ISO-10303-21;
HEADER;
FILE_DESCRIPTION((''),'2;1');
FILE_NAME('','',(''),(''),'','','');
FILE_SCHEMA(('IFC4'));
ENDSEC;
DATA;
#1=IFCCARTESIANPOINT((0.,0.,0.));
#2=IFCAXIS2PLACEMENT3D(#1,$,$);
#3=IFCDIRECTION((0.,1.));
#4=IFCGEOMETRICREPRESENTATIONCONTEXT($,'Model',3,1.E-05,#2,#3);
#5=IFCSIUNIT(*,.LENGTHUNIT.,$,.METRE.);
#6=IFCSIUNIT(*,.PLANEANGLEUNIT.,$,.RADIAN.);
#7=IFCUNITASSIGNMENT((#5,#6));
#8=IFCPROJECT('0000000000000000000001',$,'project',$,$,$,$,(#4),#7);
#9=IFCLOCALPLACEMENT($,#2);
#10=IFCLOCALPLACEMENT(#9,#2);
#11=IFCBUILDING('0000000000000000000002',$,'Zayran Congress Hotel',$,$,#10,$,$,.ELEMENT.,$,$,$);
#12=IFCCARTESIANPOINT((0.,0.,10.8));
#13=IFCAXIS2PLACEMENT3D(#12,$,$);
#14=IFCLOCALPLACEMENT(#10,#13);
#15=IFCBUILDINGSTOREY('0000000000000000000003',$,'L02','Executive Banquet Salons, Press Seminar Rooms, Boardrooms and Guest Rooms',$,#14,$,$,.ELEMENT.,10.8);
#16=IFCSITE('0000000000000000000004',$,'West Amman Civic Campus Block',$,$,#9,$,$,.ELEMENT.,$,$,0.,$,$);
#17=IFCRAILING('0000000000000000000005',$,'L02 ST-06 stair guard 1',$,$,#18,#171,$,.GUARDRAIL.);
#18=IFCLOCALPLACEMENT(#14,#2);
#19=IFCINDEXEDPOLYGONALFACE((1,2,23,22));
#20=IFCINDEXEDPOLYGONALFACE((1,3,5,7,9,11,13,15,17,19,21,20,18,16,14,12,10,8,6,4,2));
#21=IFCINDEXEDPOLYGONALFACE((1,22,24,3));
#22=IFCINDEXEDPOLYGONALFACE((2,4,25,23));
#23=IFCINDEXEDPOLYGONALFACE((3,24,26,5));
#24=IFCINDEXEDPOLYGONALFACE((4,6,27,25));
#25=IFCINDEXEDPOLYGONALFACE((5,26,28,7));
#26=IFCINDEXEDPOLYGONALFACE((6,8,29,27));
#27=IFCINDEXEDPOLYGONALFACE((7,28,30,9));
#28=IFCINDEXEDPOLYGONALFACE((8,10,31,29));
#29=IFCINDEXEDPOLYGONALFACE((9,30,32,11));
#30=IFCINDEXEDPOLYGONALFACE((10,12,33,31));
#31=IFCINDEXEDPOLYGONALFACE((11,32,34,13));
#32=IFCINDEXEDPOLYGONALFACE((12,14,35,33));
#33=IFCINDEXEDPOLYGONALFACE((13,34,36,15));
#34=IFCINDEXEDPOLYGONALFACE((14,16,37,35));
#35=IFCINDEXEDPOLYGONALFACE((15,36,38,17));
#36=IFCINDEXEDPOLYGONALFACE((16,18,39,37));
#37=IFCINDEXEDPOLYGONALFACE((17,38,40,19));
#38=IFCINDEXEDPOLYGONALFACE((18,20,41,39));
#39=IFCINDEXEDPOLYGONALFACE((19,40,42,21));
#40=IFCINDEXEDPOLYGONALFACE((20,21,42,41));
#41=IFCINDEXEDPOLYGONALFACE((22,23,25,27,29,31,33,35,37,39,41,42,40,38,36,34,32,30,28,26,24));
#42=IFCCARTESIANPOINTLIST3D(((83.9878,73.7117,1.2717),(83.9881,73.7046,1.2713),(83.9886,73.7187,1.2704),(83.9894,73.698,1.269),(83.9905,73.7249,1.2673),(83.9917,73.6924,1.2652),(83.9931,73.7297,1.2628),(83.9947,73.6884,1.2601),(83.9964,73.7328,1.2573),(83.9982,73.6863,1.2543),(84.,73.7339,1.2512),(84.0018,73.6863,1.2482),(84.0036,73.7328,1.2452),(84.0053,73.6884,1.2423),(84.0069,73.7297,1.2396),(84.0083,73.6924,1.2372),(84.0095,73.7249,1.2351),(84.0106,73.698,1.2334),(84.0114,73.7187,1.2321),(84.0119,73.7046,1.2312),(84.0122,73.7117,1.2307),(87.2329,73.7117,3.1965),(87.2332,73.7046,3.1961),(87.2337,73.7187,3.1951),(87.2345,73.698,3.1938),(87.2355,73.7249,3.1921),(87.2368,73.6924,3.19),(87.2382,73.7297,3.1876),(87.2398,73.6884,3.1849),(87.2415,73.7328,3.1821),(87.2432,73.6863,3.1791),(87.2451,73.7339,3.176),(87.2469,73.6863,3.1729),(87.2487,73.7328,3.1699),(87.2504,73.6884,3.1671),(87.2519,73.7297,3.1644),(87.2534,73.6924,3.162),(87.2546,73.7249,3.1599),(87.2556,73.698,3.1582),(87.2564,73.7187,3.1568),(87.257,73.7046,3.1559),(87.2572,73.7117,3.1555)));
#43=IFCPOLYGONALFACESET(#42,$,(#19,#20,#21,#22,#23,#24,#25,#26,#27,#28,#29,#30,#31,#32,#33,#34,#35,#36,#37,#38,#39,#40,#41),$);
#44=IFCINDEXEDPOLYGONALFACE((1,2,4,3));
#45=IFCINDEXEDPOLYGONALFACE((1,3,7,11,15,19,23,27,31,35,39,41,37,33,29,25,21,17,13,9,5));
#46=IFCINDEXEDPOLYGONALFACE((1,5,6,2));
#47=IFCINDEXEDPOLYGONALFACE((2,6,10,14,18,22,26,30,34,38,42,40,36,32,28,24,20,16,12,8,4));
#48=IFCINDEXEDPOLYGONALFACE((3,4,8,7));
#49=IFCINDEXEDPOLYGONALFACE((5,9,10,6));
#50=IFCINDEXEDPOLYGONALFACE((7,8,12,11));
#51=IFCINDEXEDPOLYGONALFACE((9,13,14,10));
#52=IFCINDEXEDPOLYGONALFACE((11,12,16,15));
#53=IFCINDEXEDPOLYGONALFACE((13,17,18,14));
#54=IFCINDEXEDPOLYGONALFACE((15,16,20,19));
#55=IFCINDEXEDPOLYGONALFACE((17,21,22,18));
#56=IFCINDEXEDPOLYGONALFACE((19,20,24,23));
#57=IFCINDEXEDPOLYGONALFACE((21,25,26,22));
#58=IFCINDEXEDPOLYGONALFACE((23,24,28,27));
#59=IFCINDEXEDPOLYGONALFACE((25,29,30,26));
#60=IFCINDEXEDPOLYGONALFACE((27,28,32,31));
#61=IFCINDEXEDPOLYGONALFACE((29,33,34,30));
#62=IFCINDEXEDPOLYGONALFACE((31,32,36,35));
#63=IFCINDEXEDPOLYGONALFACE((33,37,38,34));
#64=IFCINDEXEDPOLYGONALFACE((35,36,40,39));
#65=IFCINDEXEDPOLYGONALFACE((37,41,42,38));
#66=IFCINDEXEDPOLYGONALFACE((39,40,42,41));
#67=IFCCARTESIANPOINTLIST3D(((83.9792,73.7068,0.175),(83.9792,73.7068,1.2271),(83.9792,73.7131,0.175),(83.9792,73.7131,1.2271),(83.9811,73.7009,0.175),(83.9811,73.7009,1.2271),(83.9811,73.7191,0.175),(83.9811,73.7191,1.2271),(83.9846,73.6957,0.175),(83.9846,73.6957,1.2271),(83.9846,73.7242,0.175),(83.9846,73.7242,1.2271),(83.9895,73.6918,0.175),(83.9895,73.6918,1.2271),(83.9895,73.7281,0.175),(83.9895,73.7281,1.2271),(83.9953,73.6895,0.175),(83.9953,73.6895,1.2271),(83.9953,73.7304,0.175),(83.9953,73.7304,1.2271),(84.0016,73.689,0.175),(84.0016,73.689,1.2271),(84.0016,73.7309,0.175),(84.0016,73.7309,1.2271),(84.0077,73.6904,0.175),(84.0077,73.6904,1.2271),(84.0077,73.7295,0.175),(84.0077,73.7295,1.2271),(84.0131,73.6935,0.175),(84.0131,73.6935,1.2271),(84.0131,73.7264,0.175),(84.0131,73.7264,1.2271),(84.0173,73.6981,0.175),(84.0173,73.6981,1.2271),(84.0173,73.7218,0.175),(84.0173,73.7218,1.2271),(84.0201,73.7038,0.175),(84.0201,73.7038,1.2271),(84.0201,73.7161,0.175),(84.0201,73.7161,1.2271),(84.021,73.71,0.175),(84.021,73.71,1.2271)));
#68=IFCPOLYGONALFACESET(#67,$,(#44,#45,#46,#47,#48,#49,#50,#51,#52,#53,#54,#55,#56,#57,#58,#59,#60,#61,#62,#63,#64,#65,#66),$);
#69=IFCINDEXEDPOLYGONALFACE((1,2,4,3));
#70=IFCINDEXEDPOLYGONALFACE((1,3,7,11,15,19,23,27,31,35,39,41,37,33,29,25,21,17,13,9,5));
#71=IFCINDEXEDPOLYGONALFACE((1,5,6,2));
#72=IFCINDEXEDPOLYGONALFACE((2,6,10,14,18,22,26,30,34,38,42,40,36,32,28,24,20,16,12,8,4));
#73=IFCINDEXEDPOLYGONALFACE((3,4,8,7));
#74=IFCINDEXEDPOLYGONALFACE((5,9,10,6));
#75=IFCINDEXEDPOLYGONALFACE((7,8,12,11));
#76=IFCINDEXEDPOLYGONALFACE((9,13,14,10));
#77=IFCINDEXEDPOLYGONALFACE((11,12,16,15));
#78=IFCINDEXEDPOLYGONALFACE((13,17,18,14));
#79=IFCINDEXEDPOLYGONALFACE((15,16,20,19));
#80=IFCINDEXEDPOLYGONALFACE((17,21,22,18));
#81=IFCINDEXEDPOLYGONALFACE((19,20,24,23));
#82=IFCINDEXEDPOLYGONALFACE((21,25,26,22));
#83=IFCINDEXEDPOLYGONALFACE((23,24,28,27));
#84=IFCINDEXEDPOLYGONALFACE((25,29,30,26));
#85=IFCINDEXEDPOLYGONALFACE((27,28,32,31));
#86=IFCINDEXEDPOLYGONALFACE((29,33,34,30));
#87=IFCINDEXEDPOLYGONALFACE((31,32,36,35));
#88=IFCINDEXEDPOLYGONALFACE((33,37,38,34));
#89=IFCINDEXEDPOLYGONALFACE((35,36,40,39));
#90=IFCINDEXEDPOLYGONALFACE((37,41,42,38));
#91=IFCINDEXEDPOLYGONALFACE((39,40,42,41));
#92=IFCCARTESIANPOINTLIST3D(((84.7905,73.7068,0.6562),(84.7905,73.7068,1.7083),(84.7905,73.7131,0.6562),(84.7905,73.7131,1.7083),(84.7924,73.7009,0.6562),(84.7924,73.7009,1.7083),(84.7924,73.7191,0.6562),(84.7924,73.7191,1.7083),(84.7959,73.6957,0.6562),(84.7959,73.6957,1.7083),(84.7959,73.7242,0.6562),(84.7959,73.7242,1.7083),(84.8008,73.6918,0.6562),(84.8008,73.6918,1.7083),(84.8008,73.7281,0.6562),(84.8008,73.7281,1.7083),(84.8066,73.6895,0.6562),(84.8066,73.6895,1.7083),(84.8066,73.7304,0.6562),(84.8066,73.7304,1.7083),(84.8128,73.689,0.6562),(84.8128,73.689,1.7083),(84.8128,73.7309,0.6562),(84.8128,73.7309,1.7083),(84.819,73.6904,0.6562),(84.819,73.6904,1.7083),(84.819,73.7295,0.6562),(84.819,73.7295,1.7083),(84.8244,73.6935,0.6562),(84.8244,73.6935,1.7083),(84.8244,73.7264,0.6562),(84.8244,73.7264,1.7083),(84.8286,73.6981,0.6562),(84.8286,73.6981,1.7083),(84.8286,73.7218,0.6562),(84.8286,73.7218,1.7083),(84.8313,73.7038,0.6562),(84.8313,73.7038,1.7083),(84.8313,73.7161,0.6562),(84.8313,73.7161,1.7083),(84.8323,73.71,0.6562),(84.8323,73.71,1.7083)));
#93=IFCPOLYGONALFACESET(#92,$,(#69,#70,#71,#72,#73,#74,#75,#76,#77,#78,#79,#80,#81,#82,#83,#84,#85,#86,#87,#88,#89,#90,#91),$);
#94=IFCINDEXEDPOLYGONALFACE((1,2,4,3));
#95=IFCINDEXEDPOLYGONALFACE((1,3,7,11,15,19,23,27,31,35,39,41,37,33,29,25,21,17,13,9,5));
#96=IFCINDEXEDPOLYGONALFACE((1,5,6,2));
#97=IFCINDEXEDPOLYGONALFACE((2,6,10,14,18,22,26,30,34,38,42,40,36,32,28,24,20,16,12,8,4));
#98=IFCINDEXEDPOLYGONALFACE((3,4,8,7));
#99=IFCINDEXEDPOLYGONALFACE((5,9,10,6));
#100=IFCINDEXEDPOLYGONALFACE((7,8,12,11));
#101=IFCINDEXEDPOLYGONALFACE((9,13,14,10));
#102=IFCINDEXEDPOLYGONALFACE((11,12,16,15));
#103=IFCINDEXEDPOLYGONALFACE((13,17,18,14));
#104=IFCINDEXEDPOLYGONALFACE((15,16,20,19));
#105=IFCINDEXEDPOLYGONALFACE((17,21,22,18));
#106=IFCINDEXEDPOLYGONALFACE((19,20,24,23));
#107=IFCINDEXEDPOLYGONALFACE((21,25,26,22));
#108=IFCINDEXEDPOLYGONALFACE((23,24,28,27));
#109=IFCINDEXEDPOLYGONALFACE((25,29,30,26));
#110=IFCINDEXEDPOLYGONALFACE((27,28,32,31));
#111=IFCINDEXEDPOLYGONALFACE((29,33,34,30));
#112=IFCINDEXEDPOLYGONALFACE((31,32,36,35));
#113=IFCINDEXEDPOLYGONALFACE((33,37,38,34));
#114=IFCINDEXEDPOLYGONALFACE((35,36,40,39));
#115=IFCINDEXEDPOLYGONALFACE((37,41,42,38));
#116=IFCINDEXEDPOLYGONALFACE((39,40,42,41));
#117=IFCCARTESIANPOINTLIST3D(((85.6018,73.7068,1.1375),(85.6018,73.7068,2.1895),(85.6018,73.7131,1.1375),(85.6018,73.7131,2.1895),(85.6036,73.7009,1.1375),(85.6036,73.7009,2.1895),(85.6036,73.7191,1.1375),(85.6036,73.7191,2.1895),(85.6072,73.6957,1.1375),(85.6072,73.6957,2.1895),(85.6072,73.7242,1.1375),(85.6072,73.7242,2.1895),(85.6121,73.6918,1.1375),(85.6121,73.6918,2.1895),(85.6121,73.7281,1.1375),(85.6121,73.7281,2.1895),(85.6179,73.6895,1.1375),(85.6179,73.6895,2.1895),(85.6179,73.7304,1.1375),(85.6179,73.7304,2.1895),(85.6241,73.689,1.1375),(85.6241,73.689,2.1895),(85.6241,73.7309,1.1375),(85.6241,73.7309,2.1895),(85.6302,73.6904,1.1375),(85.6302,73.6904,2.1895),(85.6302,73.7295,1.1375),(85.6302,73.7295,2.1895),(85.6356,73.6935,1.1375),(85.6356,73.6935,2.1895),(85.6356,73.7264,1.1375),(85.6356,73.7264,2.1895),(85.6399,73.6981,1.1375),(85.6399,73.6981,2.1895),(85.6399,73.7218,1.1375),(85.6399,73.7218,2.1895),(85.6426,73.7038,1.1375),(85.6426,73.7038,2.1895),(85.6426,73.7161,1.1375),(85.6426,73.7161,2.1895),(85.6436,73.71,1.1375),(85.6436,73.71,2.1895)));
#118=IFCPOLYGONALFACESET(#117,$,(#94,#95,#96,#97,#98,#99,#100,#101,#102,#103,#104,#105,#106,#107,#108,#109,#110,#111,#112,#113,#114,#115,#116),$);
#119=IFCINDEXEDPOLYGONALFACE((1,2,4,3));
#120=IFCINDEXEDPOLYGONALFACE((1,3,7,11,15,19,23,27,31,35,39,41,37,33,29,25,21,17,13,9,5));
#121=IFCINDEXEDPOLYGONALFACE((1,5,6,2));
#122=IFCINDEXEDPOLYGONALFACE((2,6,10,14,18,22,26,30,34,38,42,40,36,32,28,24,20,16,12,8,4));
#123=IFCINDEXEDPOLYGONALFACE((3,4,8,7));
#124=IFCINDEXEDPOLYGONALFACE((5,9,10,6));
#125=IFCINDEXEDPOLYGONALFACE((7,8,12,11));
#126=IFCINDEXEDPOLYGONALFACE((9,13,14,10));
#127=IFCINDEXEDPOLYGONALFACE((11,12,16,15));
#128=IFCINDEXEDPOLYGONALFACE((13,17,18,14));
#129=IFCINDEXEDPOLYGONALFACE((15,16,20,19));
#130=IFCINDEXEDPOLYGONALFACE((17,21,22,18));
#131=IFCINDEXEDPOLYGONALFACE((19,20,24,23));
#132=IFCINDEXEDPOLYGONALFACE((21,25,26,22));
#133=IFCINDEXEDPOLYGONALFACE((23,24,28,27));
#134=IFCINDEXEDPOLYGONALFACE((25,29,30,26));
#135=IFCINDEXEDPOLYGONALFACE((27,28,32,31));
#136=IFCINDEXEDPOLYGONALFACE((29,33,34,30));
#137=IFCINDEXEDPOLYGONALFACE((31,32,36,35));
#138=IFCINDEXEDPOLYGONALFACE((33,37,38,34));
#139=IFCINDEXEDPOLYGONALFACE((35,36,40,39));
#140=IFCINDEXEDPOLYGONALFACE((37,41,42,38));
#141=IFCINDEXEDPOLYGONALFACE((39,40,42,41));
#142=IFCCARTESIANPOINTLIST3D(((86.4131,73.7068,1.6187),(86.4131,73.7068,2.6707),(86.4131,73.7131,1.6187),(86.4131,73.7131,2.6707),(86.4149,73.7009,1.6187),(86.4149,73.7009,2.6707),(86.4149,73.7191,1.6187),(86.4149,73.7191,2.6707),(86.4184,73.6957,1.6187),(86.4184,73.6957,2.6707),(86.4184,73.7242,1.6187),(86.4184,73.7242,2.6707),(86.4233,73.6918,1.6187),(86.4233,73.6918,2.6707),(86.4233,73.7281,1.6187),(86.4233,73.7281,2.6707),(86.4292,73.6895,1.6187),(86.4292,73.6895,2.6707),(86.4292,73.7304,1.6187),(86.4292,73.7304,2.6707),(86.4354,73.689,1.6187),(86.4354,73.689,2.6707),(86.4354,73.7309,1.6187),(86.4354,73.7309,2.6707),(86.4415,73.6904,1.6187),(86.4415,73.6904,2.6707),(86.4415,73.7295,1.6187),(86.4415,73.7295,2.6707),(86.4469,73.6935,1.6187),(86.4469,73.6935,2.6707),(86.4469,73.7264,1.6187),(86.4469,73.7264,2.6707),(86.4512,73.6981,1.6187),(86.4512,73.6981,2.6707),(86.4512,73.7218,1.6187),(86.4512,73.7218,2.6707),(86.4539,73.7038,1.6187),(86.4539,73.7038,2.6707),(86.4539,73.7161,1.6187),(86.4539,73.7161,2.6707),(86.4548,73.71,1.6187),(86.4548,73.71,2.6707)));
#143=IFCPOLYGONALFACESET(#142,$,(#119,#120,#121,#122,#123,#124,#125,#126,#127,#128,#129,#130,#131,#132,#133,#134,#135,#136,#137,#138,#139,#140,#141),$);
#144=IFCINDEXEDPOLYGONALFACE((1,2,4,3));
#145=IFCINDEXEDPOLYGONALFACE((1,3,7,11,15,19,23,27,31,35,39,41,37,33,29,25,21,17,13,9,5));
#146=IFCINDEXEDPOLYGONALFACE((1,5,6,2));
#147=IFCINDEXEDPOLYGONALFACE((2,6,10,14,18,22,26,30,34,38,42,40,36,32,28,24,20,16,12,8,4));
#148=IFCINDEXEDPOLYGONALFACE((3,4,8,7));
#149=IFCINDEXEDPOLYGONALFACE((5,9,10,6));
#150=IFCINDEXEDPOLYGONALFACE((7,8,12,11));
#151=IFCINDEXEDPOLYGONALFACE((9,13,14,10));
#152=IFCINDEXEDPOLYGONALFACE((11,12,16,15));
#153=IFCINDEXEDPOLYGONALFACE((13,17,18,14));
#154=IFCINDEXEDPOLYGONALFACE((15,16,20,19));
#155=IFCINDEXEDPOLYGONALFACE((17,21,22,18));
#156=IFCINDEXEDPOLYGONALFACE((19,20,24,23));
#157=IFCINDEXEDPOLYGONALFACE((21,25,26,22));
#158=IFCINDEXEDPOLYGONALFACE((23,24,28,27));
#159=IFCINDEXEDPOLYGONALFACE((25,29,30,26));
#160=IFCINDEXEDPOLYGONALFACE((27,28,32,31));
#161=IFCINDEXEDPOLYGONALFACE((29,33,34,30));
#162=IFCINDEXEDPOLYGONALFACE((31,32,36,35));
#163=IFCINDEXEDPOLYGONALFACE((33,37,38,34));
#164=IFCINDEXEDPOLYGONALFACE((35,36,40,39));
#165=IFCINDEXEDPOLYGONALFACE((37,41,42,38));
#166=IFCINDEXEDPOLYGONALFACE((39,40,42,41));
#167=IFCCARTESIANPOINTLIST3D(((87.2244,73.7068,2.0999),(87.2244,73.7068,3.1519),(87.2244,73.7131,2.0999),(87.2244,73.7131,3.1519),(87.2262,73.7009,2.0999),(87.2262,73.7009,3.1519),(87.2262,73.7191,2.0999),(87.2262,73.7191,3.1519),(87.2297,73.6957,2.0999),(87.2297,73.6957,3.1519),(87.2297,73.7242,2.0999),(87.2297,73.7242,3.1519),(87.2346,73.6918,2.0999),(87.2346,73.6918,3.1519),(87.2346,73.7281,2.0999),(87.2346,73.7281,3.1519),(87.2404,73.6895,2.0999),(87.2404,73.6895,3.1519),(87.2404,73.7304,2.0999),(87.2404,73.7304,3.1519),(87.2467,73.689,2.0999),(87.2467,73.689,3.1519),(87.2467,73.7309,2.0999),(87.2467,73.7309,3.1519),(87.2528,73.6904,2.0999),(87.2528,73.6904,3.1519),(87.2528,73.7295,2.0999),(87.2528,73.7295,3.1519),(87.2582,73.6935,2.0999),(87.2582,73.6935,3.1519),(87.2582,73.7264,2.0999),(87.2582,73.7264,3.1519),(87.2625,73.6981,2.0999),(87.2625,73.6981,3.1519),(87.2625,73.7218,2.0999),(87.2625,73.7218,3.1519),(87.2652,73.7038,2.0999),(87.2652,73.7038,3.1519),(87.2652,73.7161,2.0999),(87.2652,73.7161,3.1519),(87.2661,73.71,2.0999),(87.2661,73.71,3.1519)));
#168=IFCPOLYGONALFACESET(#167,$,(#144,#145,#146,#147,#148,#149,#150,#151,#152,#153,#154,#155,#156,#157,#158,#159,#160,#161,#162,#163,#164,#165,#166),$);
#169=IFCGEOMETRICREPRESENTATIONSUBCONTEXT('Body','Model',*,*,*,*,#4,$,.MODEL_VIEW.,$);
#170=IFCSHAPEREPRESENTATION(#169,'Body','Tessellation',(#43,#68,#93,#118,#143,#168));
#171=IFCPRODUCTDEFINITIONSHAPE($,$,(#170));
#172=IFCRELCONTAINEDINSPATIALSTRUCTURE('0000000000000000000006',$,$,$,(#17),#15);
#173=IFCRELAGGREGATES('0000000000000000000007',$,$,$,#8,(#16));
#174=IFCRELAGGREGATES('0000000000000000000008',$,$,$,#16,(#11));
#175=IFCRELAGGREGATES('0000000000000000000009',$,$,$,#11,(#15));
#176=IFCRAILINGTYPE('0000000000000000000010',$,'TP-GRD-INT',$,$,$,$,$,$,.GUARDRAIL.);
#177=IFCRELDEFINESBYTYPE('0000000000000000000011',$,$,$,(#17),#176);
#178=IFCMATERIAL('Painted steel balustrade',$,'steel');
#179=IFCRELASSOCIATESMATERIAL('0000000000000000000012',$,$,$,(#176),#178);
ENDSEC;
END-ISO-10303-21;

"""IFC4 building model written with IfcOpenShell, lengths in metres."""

from ifc_helpers import new_model, si_unit, direction, frame, origin, origin_2d, place, context, subcontext, project, spatial, circle, extrude, material, type_object, element, save


model = new_model("IFC4")

# Units and contexts
model_context = context("Model", 3, precision=1e-05, world=origin(), true_north=direction((0.0, 1.0)))
body_context = subcontext(model_context, "Body", "Model", "MODEL_VIEW")
ifc_project = project(units=[si_unit("LENGTHUNIT", "METRE"), si_unit("PLANEANGLEUNIT", "RADIAN")], contexts=[model_context])

# Site, building, storey
site_placement = place(None, origin())
site = spatial("IfcSite", under=ifc_project, at=site_placement, Name="West Amman Civic Campus Block", CompositionType="ELEMENT", RefElevation=0.0)
building_placement = place(site_placement, origin())
building = spatial("IfcBuilding", under=site, at=building_placement, Name="Zayran Congress Hotel", CompositionType="ELEMENT")
storey_placement = place(building_placement, frame((0.0, 0.0, 10.8)))
storey = spatial("IfcBuildingStorey", under=building, at=storey_placement, Name="L02", Description="Executive Banquet Salons, Press Seminar Rooms, Boardrooms and Guest Rooms", CompositionType="ELEMENT", Elevation=10.8)

# Railing
ifc_material_1 = material(Name="Painted steel balustrade", Category="steel")
railing_type_1 = type_object("IfcRailingType", Name="TP-GRD-INT", PredefinedType="GUARDRAIL", material=ifc_material_1)
railing_1_placement = place(storey_placement, frame((84.0, 73.71, 0.175)))
element("IfcRailing", 1, at=railing_1_placement, inside=storey, type_object=railing_type_1, Name="L02 ST-06 stair guard 1", PredefinedType="GUARDRAIL", context=body_context, shape_type="SweptSolid", body=[
    extrude(circle(Radius=0.0239, at=origin_2d()), frame((0.0, 0.0, 1.0762), z_axis=(0.860085, 0.0, 0.51015), x_axis=(0.0, 1.0, 0.0)), (0.0, 0.0, 1.0), 3.7729),
    extrude(circle(Radius=0.021, at=origin_2d()), origin(), (0.0, 0.0, 1.0), 1.052),
    extrude(circle(Radius=0.021, at=origin_2d()), frame((0.8113, 0.0, 0.4812)), (0.0, 0.0, 1.0), 1.052),
    extrude(circle(Radius=0.021, at=origin_2d()), frame((1.6226, 0.0, 0.9624)), (0.0, 0.0, 1.0), 1.052),
    extrude(circle(Radius=0.021, at=origin_2d()), frame((2.4338, 0.0, 1.4436)), (0.0, 0.0, 1.0), 1.052),
    extrude(circle(Radius=0.021, at=origin_2d()), frame((3.2451, 0.0, 1.9248)), (0.0, 0.0, 1.0), 1.052),
])

save(model, "model.ifc")
